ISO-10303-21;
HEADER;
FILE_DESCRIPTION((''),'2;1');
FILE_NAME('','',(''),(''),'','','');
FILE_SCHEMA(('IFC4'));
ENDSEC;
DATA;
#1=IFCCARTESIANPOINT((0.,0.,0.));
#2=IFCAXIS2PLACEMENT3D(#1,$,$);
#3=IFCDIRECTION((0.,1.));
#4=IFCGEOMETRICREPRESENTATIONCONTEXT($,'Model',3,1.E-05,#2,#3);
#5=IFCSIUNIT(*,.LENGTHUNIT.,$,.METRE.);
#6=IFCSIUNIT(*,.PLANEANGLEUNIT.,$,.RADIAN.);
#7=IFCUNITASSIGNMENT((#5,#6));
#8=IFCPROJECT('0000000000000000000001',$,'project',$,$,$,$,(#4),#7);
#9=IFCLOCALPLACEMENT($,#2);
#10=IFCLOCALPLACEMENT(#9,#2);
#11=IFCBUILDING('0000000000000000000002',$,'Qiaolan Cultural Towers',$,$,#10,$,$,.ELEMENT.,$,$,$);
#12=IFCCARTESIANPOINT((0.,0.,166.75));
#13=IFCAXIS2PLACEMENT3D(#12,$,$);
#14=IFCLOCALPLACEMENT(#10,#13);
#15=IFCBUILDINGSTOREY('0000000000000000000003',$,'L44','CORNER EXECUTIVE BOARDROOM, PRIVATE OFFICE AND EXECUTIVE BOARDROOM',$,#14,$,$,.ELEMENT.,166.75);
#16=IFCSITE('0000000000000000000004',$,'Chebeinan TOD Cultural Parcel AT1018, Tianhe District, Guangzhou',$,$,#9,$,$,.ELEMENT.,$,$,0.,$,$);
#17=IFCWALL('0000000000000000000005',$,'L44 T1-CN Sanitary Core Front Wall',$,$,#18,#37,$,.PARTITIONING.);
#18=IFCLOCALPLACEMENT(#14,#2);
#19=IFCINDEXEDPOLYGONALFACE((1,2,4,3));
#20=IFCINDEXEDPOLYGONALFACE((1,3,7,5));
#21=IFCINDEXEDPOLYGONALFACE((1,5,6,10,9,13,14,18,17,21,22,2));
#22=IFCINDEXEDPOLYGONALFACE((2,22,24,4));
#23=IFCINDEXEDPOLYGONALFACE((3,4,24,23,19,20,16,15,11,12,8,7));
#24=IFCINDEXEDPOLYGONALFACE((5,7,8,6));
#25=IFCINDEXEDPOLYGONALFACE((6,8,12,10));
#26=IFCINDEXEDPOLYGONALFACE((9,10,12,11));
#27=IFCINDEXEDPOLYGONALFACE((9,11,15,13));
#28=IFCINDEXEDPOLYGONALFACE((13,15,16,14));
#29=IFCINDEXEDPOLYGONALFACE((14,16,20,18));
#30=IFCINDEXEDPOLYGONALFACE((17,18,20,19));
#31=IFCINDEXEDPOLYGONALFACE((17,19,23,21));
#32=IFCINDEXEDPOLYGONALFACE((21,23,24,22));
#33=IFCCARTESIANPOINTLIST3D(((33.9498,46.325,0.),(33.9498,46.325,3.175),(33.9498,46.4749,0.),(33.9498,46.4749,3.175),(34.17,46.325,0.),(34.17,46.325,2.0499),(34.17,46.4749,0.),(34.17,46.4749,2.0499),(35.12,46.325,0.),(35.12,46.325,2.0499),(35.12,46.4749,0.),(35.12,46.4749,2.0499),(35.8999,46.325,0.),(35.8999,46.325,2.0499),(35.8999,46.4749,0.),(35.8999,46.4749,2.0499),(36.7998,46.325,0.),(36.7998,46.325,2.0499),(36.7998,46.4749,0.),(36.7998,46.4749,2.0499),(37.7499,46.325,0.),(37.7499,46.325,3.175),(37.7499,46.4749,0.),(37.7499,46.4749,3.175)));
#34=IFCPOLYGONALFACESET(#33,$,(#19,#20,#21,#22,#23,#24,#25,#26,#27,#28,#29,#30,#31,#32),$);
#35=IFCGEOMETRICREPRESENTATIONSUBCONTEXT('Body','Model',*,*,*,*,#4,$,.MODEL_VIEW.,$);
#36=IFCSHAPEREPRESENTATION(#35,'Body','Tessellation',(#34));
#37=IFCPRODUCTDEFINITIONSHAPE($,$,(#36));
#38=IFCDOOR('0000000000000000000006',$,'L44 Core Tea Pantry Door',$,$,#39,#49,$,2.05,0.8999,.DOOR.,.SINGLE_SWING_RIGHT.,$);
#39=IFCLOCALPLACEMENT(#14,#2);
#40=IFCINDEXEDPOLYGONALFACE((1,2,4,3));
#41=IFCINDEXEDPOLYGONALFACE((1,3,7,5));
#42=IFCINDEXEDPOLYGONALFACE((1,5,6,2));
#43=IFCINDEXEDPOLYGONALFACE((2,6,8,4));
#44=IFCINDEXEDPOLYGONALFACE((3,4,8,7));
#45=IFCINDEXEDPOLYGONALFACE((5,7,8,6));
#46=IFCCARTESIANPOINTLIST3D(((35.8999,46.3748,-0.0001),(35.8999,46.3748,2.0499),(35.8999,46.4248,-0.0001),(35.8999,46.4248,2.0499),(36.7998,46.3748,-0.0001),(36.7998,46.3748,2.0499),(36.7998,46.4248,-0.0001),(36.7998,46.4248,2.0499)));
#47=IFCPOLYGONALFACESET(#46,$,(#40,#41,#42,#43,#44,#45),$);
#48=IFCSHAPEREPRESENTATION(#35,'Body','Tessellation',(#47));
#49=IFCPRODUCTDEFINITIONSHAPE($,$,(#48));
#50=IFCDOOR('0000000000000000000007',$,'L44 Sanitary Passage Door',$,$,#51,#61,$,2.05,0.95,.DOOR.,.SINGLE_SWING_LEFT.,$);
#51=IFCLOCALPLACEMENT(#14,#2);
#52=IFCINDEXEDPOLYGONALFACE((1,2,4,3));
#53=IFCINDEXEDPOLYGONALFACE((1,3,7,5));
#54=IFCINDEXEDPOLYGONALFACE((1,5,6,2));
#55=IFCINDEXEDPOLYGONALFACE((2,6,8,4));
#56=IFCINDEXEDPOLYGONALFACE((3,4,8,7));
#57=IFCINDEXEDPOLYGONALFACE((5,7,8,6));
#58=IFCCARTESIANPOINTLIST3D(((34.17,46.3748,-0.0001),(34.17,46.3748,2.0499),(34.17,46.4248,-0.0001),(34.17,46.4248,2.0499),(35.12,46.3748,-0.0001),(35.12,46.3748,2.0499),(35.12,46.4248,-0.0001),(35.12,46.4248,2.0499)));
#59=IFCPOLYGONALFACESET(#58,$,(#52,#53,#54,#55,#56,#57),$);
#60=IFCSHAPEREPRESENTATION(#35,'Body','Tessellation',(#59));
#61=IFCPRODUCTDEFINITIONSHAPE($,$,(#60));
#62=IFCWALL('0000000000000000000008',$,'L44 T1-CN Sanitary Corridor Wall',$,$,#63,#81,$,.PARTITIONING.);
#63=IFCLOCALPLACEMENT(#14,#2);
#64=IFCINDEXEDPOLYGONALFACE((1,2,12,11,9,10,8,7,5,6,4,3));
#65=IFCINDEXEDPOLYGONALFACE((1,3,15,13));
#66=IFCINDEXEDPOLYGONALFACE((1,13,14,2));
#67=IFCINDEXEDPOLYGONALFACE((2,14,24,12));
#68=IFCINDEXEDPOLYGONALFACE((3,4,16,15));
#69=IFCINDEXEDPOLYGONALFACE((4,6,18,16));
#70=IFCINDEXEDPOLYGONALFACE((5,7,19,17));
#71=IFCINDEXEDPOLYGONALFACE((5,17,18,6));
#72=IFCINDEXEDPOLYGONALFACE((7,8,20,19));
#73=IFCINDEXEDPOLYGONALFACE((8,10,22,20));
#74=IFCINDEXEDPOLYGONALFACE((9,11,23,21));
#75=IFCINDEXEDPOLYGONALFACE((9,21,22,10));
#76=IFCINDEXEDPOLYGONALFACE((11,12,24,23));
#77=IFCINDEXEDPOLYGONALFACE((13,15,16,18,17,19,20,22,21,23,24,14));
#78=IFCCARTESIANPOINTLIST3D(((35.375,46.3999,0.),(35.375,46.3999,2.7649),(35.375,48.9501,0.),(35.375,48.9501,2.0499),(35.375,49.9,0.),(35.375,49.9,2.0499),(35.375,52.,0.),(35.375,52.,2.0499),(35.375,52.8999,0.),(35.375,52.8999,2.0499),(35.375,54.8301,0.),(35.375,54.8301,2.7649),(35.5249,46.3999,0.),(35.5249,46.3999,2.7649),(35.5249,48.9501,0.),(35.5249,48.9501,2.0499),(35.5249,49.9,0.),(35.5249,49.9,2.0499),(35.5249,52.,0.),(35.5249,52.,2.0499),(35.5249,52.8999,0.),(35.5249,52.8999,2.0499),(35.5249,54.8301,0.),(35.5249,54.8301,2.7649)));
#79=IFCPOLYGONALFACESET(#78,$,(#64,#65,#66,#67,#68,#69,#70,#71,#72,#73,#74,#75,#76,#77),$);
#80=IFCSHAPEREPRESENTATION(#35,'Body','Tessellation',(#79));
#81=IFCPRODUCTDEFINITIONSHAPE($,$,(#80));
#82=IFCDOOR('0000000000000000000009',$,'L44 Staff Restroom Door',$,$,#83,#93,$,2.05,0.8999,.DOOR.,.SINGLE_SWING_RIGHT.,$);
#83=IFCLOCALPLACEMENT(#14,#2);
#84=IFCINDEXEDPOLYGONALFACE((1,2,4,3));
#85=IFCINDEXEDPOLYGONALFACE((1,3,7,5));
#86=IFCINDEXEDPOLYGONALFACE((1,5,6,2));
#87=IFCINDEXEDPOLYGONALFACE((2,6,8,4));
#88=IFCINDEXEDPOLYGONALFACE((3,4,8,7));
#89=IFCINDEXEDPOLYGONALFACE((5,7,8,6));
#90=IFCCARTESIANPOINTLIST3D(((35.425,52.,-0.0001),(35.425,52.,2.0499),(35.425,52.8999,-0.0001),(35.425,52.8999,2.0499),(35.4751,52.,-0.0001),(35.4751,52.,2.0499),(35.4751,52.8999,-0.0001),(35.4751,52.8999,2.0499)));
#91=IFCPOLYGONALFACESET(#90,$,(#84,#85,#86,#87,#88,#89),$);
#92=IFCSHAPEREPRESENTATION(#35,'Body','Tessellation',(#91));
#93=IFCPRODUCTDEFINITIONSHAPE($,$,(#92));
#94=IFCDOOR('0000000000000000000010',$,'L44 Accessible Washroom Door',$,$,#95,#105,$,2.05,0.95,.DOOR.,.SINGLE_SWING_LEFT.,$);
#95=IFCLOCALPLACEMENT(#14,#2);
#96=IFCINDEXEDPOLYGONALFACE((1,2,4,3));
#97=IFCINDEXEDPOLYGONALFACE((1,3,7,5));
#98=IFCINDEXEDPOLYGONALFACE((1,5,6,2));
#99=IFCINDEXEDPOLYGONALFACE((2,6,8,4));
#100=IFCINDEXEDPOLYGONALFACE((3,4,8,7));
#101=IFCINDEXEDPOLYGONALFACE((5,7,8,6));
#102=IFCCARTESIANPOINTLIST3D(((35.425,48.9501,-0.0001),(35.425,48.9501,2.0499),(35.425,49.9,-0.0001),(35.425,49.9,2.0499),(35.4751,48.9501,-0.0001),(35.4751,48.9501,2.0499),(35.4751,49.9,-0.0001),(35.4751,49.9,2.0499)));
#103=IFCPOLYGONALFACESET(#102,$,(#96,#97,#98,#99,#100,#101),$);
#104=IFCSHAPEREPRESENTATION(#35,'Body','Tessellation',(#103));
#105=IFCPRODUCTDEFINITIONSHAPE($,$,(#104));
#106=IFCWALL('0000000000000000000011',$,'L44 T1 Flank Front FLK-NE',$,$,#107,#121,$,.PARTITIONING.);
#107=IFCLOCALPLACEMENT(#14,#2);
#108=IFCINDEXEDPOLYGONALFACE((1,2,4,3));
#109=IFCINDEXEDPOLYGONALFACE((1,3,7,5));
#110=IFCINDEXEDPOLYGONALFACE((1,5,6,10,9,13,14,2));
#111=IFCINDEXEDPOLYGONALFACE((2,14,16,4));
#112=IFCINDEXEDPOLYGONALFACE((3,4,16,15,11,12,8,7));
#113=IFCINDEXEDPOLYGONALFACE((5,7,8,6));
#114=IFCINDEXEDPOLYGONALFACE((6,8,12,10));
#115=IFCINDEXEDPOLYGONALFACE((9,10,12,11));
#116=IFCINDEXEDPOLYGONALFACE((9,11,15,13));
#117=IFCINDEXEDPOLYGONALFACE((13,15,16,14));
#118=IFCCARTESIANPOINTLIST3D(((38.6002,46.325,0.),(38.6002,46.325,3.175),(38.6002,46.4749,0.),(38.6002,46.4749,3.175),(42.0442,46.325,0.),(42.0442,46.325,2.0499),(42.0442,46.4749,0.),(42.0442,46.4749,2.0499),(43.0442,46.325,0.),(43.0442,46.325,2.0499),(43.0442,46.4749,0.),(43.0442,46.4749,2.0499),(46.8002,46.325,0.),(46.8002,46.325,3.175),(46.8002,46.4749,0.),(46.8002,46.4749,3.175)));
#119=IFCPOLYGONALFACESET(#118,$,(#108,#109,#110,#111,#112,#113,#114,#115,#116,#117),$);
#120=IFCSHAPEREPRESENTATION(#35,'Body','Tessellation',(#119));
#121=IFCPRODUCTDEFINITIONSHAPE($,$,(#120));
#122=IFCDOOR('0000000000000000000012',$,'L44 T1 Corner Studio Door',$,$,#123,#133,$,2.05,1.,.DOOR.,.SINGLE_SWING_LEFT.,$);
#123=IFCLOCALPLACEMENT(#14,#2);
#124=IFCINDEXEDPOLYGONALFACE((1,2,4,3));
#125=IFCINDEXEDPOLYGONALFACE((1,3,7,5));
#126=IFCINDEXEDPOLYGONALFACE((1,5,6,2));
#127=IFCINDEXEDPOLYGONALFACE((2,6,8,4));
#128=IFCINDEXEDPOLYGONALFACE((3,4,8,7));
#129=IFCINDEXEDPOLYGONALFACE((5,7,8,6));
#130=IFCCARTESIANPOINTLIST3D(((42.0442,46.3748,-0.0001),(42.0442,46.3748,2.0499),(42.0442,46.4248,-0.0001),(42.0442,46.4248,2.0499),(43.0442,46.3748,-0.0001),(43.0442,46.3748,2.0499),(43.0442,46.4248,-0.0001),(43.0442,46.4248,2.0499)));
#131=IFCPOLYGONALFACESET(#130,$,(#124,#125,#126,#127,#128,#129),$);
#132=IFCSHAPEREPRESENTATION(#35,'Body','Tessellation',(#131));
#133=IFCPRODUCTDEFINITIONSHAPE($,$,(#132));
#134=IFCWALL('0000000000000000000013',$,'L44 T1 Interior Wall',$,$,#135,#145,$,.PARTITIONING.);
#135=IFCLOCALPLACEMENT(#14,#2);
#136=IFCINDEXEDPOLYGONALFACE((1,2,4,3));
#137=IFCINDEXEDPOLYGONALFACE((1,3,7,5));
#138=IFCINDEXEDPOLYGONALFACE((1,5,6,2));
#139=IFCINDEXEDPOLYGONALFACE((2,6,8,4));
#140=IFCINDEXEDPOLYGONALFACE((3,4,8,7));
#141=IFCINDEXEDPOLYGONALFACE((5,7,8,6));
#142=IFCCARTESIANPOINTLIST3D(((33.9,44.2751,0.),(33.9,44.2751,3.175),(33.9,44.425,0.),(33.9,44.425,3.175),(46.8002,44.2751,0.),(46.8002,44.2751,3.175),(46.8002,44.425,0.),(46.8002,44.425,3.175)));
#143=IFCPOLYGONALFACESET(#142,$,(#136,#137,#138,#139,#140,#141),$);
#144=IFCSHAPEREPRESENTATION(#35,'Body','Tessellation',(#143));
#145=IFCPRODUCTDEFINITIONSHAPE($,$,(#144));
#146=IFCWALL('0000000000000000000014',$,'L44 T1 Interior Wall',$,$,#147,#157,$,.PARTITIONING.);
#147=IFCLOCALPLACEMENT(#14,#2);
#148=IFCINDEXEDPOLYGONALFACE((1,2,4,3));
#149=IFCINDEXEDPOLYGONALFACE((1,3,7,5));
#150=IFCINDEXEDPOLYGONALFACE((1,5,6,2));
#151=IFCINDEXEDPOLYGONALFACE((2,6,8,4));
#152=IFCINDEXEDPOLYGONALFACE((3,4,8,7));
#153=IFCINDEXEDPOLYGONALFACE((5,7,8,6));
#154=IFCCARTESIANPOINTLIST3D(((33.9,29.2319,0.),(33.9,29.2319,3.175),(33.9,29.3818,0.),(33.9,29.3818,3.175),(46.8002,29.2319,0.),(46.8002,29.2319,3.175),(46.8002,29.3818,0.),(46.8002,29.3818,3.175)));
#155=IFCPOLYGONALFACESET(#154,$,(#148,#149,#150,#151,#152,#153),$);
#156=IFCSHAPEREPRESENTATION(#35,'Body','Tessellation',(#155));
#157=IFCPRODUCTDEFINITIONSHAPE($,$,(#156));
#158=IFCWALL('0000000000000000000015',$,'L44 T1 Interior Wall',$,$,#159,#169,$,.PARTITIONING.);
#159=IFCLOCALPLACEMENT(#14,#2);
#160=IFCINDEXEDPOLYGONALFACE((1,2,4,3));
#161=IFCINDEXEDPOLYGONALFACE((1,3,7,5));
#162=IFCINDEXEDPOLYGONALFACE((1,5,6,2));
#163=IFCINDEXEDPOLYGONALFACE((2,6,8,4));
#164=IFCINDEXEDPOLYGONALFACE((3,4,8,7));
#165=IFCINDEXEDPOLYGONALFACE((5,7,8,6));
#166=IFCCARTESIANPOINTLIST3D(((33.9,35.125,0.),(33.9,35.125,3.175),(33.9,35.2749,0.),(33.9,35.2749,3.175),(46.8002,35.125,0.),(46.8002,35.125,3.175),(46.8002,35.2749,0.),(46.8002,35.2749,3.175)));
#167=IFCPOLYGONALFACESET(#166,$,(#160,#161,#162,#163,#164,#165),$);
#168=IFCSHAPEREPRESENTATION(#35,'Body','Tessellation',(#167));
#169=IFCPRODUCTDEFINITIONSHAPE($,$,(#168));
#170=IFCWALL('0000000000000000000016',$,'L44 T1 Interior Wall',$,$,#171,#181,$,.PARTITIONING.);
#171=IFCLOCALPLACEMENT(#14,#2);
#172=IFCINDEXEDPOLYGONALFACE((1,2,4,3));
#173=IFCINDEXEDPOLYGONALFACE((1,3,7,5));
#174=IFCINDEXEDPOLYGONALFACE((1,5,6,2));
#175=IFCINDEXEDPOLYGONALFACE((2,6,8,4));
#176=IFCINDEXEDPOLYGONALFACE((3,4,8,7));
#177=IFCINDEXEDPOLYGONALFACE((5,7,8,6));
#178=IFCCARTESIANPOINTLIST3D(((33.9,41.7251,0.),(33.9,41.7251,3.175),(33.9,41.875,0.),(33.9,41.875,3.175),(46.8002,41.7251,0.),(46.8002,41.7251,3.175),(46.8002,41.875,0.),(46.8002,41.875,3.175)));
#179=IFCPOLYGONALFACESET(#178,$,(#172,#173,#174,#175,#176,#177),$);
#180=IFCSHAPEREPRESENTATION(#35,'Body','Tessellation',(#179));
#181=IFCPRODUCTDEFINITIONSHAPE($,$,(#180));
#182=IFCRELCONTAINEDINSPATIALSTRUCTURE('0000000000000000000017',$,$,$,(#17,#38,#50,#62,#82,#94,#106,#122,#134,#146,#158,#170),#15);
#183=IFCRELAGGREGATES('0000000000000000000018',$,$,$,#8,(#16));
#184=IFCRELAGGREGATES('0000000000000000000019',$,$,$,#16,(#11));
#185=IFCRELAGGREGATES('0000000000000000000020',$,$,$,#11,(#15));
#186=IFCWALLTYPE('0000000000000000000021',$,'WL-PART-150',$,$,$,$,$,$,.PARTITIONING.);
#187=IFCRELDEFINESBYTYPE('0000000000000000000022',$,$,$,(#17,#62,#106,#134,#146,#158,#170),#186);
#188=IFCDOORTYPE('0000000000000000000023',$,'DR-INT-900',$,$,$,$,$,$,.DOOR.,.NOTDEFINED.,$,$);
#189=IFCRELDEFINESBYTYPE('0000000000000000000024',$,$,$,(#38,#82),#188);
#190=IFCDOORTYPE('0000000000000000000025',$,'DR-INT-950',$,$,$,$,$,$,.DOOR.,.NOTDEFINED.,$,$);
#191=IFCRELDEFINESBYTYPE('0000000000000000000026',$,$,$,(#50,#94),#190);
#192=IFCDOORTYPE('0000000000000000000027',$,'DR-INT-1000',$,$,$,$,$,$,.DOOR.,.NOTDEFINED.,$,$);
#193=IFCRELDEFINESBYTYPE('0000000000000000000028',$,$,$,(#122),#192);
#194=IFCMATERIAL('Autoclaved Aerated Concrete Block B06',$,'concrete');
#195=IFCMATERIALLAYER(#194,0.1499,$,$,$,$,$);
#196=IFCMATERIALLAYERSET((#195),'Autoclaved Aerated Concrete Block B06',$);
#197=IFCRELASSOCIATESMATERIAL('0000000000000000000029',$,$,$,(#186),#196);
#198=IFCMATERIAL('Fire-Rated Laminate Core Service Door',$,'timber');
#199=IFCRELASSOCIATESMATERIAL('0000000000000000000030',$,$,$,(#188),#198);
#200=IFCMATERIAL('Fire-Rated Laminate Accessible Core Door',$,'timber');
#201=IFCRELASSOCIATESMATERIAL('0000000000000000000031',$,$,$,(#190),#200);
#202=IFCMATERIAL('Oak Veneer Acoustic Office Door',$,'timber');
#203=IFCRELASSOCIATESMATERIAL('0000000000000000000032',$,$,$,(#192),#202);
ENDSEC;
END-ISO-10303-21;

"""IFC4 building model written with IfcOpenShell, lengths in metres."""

from ifc_helpers import new_model, si_unit, direction, frame, frame_2d, origin, place, context, subcontext, project, spatial, rectangle, extrude, material, layer, layer_set, type_object, element, fill, save


model = new_model("IFC4")

# Units and contexts
model_context = context("Model", 3, precision=1e-05, world=origin(), true_north=direction((0.0, 1.0)))
body_context = subcontext(model_context, "Body", "Model", "MODEL_VIEW")
ifc_project = project(units=[si_unit("LENGTHUNIT", "METRE"), si_unit("PLANEANGLEUNIT", "RADIAN")], contexts=[model_context])

# Site, building, storey
site_placement = place(None, origin())
site = spatial("IfcSite", under=ifc_project, at=site_placement, Name="Chebeinan TOD Cultural Parcel AT1018, Tianhe District, Guangzhou", CompositionType="ELEMENT", RefElevation=0.0)
building_placement = place(site_placement, origin())
building = spatial("IfcBuilding", under=site, at=building_placement, Name="Qiaolan Cultural Towers", CompositionType="ELEMENT")
storey_placement = place(building_placement, frame((0.0, 0.0, 166.75)))
storey = spatial("IfcBuildingStorey", under=building, at=storey_placement, Name="L44", Description="CORNER EXECUTIVE BOARDROOM, PRIVATE OFFICE AND EXECUTIVE BOARDROOM", CompositionType="ELEMENT", Elevation=166.75)

# Shared definitions
ifc_material_1 = material(Name="Autoclaved Aerated Concrete Block B06", Category="concrete")
ifc_layer_1 = layer(ifc_material_1, 0.1499)
ifc_layer_set_1 = layer_set([ifc_layer_1], Name="Autoclaved Aerated Concrete Block B06")
wall_type_1 = type_object("IfcWallType", Name="WL-PART-150", PredefinedType="PARTITIONING", material=ifc_layer_set_1)

# Walls, openings, doors
wall_1_placement = place(storey_placement, frame((33.95, 46.3999, 0.0), z_axis=(0.0, 0.0, 1.0), x_axis=(1.0, 0.0, 0.0)))
wall_1 = element("IfcWall", 1, at=wall_1_placement, inside=storey, type_object=wall_type_1, Name="L44 T1-CN Sanitary Core Front Wall", PredefinedType="PARTITIONING", context=body_context, shape_type="SweptSolid", body=[
    extrude(rectangle(XDim=3.8, YDim=0.1499, at=frame_2d((1.8999, 0.0))), origin(), (0.0, 0.0, 1.0), 3.175),
])
opening_1_placement = place(wall_1_placement, frame((0.22, 0.0, 0.0)))
opening_1 = element("IfcOpeningElement", 2, at=opening_1_placement, cuts=wall_1, PredefinedType="OPENING", context=body_context, shape_type="SweptSolid", body=[
    extrude(rectangle(XDim=0.95, YDim=2.05, at=frame_2d((0.4751, 1.0249))), frame((0.0, 0.085, 0.0), z_axis=(0.0, -1.0, 0.0), x_axis=(1.0, 0.0, 0.0)), (0.0, 0.0, 1.0), 0.1699),
])
opening_2_placement = place(wall_1_placement, frame((1.95, 0.0, 0.0)))
opening_2 = element("IfcOpeningElement", 3, at=opening_2_placement, cuts=wall_1, PredefinedType="OPENING", context=body_context, shape_type="SweptSolid", body=[
    extrude(rectangle(XDim=0.8999, YDim=2.05, at=frame_2d((0.45, 1.0249))), frame((0.0, 0.085, 0.0), z_axis=(0.0, -1.0, 0.0), x_axis=(1.0, 0.0, 0.0)), (0.0, 0.0, 1.0), 0.1699),
])
ifc_material_2 = material(Name="Fire-Rated Laminate Core Service Door", Category="timber")
door_type_1 = type_object("IfcDoorType", Name="DR-INT-900", OperationType="NOTDEFINED", PredefinedType="DOOR", material=ifc_material_2)
door_1_placement = place(opening_2_placement, origin())
door_1 = element("IfcDoor", 4, at=door_1_placement, inside=storey, type_object=door_type_1, Name="L44 Core Tea Pantry Door", OperationType="SINGLE_SWING_RIGHT", OverallHeight=2.05, OverallWidth=0.8999, PredefinedType="DOOR", context=body_context, shape_type="SweptSolid", body=[
    extrude(rectangle(XDim=0.8999, YDim=2.05, at=frame_2d((0.45, 1.0249))), frame((0.0, 0.0249, 0.0), z_axis=(0.0, -1.0, 0.0), x_axis=(1.0, 0.0, 0.0)), (0.0, 0.0, 1.0), 0.05),
])
fill(opening_2, door_1)
ifc_material_3 = material(Name="Fire-Rated Laminate Accessible Core Door", Category="timber")
door_type_2 = type_object("IfcDoorType", Name="DR-INT-950", OperationType="NOTDEFINED", PredefinedType="DOOR", material=ifc_material_3)
door_2_placement = place(opening_1_placement, origin())
door_2 = element("IfcDoor", 5, at=door_2_placement, inside=storey, type_object=door_type_2, Name="L44 Sanitary Passage Door", OperationType="SINGLE_SWING_LEFT", OverallHeight=2.05, OverallWidth=0.95, PredefinedType="DOOR", context=body_context, shape_type="SweptSolid", body=[
    extrude(rectangle(XDim=0.95, YDim=2.05, at=frame_2d((0.4751, 1.0249))), frame((0.0, 0.0249, 0.0), z_axis=(0.0, -1.0, 0.0), x_axis=(1.0, 0.0, 0.0)), (0.0, 0.0, 1.0), 0.05),
])
fill(opening_1, door_2)
wall_2_placement = place(storey_placement, frame((35.45, 46.3999, 0.0), z_axis=(0.0, 0.0, 1.0), x_axis=(0.0, 1.0, 0.0)))
wall_2 = element("IfcWall", 6, at=wall_2_placement, inside=storey, type_object=wall_type_1, Name="L44 T1-CN Sanitary Corridor Wall", PredefinedType="PARTITIONING", context=body_context, shape_type="SweptSolid", body=[
    extrude(rectangle(XDim=8.4302, YDim=0.1499, at=frame_2d((4.2151, 0.0))), origin(), (0.0, 0.0, 1.0), 2.7649),
])
opening_3_placement = place(wall_2_placement, frame((2.55, 0.0, 0.0)))
opening_3 = element("IfcOpeningElement", 7, at=opening_3_placement, cuts=wall_2, PredefinedType="OPENING", context=body_context, shape_type="SweptSolid", body=[
    extrude(rectangle(XDim=0.95, YDim=2.05, at=frame_2d((0.4751, 1.0249))), frame((0.0, 0.085, 0.0), z_axis=(0.0, -1.0, 0.0), x_axis=(1.0, 0.0, 0.0)), (0.0, 0.0, 1.0), 0.1699),
])
opening_4_placement = place(wall_2_placement, frame((5.6001, 0.0, 0.0)))
opening_4 = element("IfcOpeningElement", 8, at=opening_4_placement, cuts=wall_2, PredefinedType="OPENING", context=body_context, shape_type="SweptSolid", body=[
    extrude(rectangle(XDim=0.8999, YDim=2.05, at=frame_2d((0.45, 1.0249))), frame((0.0, 0.085, 0.0), z_axis=(0.0, -1.0, 0.0), x_axis=(1.0, 0.0, 0.0)), (0.0, 0.0, 1.0), 0.1699),
])
door_3_placement = place(opening_4_placement, origin())
door_3 = element("IfcDoor", 9, at=door_3_placement, inside=storey, type_object=door_type_1, Name="L44 Staff Restroom Door", OperationType="SINGLE_SWING_RIGHT", OverallHeight=2.05, OverallWidth=0.8999, PredefinedType="DOOR", context=body_context, shape_type="SweptSolid", body=[
    extrude(rectangle(XDim=0.8999, YDim=2.05, at=frame_2d((0.45, 1.0249))), frame((0.0, 0.0249, 0.0), z_axis=(0.0, -1.0, 0.0), x_axis=(1.0, 0.0, 0.0)), (0.0, 0.0, 1.0), 0.05),
])
fill(opening_4, door_3)
door_4_placement = place(opening_3_placement, origin())
door_4 = element("IfcDoor", 10, at=door_4_placement, inside=storey, type_object=door_type_2, Name="L44 Accessible Washroom Door", OperationType="SINGLE_SWING_LEFT", OverallHeight=2.05, OverallWidth=0.95, PredefinedType="DOOR", context=body_context, shape_type="SweptSolid", body=[
    extrude(rectangle(XDim=0.95, YDim=2.05, at=frame_2d((0.4751, 1.0249))), frame((0.0, 0.0249, 0.0), z_axis=(0.0, -1.0, 0.0), x_axis=(1.0, 0.0, 0.0)), (0.0, 0.0, 1.0), 0.05),
])
fill(opening_3, door_4)

# Wall, opening, door
wall_3_placement = place(storey_placement, frame((38.6001, 46.3999, 0.0), z_axis=(0.0, 0.0, 1.0), x_axis=(1.0, 0.0, 0.0)))
wall_3 = element("IfcWall", 11, at=wall_3_placement, inside=storey, type_object=wall_type_1, Name="L44 T1 Flank Front FLK-NE", PredefinedType="PARTITIONING", context=body_context, shape_type="SweptSolid", body=[
    extrude(rectangle(XDim=8.2, YDim=0.1499, at=frame_2d((4.1001, 0.0))), origin(), (0.0, 0.0, 1.0), 3.175),
])
opening_5_placement = place(wall_3_placement, frame((3.4441, 0.0, 0.0)))
opening_5 = element("IfcOpeningElement", 12, at=opening_5_placement, cuts=wall_3, PredefinedType="OPENING", context=body_context, shape_type="SweptSolid", body=[
    extrude(rectangle(XDim=1.0, YDim=2.05, at=frame_2d((0.5, 1.0249))), frame((0.0, 0.085, 0.0), z_axis=(0.0, -1.0, 0.0), x_axis=(1.0, 0.0, 0.0)), (0.0, 0.0, 1.0), 0.1699),
])
ifc_material_4 = material(Name="Oak Veneer Acoustic Office Door", Category="timber")
door_type_3 = type_object("IfcDoorType", Name="DR-INT-1000", OperationType="NOTDEFINED", PredefinedType="DOOR", material=ifc_material_4)
door_5_placement = place(opening_5_placement, origin())
door_5 = element("IfcDoor", 13, at=door_5_placement, inside=storey, type_object=door_type_3, Name="L44 T1 Corner Studio Door", OperationType="SINGLE_SWING_LEFT", OverallHeight=2.05, OverallWidth=1.0, PredefinedType="DOOR", context=body_context, shape_type="SweptSolid", body=[
    extrude(rectangle(XDim=1.0, YDim=2.05, at=frame_2d((0.5, 1.0249))), frame((0.0, 0.0249, 0.0), z_axis=(0.0, -1.0, 0.0), x_axis=(1.0, 0.0, 0.0)), (0.0, 0.0, 1.0), 0.05),
])
fill(opening_5, door_5)

# Walls
for number, where, z_axis, x_axis, name in (
    (14, (33.8999, 44.3501, 0.0), (0.0, 0.0, 1.0), (1.0, 0.0, 0.0), "L44 T1 Interior Wall"),
    (15, (33.8999, 29.3069, 0.0), (0.0, 0.0, 1.0), (1.0, 0.0, 0.0), "L44 T1 Interior Wall"),
    (16, (33.8999, 35.2, 0.0), (0.0, 0.0, 1.0), (1.0, 0.0, 0.0), "L44 T1 Interior Wall"),
    (17, (33.8999, 41.8, 0.0), (0.0, 0.0, 1.0), (1.0, 0.0, 0.0), "L44 T1 Interior Wall"),
):
    element("IfcWall", number, at=place(storey_placement, frame(where, z_axis=z_axis, x_axis=x_axis)), inside=storey, type_object=wall_type_1, Name=name, PredefinedType="PARTITIONING", context=body_context, shape_type="SweptSolid", body=[
        extrude(rectangle(XDim=12.9001, YDim=0.1499, at=frame_2d((6.4502, 0.0))), origin(), (0.0, 0.0, 1.0), 3.175),
    ])

save(model, "model.ifc")
